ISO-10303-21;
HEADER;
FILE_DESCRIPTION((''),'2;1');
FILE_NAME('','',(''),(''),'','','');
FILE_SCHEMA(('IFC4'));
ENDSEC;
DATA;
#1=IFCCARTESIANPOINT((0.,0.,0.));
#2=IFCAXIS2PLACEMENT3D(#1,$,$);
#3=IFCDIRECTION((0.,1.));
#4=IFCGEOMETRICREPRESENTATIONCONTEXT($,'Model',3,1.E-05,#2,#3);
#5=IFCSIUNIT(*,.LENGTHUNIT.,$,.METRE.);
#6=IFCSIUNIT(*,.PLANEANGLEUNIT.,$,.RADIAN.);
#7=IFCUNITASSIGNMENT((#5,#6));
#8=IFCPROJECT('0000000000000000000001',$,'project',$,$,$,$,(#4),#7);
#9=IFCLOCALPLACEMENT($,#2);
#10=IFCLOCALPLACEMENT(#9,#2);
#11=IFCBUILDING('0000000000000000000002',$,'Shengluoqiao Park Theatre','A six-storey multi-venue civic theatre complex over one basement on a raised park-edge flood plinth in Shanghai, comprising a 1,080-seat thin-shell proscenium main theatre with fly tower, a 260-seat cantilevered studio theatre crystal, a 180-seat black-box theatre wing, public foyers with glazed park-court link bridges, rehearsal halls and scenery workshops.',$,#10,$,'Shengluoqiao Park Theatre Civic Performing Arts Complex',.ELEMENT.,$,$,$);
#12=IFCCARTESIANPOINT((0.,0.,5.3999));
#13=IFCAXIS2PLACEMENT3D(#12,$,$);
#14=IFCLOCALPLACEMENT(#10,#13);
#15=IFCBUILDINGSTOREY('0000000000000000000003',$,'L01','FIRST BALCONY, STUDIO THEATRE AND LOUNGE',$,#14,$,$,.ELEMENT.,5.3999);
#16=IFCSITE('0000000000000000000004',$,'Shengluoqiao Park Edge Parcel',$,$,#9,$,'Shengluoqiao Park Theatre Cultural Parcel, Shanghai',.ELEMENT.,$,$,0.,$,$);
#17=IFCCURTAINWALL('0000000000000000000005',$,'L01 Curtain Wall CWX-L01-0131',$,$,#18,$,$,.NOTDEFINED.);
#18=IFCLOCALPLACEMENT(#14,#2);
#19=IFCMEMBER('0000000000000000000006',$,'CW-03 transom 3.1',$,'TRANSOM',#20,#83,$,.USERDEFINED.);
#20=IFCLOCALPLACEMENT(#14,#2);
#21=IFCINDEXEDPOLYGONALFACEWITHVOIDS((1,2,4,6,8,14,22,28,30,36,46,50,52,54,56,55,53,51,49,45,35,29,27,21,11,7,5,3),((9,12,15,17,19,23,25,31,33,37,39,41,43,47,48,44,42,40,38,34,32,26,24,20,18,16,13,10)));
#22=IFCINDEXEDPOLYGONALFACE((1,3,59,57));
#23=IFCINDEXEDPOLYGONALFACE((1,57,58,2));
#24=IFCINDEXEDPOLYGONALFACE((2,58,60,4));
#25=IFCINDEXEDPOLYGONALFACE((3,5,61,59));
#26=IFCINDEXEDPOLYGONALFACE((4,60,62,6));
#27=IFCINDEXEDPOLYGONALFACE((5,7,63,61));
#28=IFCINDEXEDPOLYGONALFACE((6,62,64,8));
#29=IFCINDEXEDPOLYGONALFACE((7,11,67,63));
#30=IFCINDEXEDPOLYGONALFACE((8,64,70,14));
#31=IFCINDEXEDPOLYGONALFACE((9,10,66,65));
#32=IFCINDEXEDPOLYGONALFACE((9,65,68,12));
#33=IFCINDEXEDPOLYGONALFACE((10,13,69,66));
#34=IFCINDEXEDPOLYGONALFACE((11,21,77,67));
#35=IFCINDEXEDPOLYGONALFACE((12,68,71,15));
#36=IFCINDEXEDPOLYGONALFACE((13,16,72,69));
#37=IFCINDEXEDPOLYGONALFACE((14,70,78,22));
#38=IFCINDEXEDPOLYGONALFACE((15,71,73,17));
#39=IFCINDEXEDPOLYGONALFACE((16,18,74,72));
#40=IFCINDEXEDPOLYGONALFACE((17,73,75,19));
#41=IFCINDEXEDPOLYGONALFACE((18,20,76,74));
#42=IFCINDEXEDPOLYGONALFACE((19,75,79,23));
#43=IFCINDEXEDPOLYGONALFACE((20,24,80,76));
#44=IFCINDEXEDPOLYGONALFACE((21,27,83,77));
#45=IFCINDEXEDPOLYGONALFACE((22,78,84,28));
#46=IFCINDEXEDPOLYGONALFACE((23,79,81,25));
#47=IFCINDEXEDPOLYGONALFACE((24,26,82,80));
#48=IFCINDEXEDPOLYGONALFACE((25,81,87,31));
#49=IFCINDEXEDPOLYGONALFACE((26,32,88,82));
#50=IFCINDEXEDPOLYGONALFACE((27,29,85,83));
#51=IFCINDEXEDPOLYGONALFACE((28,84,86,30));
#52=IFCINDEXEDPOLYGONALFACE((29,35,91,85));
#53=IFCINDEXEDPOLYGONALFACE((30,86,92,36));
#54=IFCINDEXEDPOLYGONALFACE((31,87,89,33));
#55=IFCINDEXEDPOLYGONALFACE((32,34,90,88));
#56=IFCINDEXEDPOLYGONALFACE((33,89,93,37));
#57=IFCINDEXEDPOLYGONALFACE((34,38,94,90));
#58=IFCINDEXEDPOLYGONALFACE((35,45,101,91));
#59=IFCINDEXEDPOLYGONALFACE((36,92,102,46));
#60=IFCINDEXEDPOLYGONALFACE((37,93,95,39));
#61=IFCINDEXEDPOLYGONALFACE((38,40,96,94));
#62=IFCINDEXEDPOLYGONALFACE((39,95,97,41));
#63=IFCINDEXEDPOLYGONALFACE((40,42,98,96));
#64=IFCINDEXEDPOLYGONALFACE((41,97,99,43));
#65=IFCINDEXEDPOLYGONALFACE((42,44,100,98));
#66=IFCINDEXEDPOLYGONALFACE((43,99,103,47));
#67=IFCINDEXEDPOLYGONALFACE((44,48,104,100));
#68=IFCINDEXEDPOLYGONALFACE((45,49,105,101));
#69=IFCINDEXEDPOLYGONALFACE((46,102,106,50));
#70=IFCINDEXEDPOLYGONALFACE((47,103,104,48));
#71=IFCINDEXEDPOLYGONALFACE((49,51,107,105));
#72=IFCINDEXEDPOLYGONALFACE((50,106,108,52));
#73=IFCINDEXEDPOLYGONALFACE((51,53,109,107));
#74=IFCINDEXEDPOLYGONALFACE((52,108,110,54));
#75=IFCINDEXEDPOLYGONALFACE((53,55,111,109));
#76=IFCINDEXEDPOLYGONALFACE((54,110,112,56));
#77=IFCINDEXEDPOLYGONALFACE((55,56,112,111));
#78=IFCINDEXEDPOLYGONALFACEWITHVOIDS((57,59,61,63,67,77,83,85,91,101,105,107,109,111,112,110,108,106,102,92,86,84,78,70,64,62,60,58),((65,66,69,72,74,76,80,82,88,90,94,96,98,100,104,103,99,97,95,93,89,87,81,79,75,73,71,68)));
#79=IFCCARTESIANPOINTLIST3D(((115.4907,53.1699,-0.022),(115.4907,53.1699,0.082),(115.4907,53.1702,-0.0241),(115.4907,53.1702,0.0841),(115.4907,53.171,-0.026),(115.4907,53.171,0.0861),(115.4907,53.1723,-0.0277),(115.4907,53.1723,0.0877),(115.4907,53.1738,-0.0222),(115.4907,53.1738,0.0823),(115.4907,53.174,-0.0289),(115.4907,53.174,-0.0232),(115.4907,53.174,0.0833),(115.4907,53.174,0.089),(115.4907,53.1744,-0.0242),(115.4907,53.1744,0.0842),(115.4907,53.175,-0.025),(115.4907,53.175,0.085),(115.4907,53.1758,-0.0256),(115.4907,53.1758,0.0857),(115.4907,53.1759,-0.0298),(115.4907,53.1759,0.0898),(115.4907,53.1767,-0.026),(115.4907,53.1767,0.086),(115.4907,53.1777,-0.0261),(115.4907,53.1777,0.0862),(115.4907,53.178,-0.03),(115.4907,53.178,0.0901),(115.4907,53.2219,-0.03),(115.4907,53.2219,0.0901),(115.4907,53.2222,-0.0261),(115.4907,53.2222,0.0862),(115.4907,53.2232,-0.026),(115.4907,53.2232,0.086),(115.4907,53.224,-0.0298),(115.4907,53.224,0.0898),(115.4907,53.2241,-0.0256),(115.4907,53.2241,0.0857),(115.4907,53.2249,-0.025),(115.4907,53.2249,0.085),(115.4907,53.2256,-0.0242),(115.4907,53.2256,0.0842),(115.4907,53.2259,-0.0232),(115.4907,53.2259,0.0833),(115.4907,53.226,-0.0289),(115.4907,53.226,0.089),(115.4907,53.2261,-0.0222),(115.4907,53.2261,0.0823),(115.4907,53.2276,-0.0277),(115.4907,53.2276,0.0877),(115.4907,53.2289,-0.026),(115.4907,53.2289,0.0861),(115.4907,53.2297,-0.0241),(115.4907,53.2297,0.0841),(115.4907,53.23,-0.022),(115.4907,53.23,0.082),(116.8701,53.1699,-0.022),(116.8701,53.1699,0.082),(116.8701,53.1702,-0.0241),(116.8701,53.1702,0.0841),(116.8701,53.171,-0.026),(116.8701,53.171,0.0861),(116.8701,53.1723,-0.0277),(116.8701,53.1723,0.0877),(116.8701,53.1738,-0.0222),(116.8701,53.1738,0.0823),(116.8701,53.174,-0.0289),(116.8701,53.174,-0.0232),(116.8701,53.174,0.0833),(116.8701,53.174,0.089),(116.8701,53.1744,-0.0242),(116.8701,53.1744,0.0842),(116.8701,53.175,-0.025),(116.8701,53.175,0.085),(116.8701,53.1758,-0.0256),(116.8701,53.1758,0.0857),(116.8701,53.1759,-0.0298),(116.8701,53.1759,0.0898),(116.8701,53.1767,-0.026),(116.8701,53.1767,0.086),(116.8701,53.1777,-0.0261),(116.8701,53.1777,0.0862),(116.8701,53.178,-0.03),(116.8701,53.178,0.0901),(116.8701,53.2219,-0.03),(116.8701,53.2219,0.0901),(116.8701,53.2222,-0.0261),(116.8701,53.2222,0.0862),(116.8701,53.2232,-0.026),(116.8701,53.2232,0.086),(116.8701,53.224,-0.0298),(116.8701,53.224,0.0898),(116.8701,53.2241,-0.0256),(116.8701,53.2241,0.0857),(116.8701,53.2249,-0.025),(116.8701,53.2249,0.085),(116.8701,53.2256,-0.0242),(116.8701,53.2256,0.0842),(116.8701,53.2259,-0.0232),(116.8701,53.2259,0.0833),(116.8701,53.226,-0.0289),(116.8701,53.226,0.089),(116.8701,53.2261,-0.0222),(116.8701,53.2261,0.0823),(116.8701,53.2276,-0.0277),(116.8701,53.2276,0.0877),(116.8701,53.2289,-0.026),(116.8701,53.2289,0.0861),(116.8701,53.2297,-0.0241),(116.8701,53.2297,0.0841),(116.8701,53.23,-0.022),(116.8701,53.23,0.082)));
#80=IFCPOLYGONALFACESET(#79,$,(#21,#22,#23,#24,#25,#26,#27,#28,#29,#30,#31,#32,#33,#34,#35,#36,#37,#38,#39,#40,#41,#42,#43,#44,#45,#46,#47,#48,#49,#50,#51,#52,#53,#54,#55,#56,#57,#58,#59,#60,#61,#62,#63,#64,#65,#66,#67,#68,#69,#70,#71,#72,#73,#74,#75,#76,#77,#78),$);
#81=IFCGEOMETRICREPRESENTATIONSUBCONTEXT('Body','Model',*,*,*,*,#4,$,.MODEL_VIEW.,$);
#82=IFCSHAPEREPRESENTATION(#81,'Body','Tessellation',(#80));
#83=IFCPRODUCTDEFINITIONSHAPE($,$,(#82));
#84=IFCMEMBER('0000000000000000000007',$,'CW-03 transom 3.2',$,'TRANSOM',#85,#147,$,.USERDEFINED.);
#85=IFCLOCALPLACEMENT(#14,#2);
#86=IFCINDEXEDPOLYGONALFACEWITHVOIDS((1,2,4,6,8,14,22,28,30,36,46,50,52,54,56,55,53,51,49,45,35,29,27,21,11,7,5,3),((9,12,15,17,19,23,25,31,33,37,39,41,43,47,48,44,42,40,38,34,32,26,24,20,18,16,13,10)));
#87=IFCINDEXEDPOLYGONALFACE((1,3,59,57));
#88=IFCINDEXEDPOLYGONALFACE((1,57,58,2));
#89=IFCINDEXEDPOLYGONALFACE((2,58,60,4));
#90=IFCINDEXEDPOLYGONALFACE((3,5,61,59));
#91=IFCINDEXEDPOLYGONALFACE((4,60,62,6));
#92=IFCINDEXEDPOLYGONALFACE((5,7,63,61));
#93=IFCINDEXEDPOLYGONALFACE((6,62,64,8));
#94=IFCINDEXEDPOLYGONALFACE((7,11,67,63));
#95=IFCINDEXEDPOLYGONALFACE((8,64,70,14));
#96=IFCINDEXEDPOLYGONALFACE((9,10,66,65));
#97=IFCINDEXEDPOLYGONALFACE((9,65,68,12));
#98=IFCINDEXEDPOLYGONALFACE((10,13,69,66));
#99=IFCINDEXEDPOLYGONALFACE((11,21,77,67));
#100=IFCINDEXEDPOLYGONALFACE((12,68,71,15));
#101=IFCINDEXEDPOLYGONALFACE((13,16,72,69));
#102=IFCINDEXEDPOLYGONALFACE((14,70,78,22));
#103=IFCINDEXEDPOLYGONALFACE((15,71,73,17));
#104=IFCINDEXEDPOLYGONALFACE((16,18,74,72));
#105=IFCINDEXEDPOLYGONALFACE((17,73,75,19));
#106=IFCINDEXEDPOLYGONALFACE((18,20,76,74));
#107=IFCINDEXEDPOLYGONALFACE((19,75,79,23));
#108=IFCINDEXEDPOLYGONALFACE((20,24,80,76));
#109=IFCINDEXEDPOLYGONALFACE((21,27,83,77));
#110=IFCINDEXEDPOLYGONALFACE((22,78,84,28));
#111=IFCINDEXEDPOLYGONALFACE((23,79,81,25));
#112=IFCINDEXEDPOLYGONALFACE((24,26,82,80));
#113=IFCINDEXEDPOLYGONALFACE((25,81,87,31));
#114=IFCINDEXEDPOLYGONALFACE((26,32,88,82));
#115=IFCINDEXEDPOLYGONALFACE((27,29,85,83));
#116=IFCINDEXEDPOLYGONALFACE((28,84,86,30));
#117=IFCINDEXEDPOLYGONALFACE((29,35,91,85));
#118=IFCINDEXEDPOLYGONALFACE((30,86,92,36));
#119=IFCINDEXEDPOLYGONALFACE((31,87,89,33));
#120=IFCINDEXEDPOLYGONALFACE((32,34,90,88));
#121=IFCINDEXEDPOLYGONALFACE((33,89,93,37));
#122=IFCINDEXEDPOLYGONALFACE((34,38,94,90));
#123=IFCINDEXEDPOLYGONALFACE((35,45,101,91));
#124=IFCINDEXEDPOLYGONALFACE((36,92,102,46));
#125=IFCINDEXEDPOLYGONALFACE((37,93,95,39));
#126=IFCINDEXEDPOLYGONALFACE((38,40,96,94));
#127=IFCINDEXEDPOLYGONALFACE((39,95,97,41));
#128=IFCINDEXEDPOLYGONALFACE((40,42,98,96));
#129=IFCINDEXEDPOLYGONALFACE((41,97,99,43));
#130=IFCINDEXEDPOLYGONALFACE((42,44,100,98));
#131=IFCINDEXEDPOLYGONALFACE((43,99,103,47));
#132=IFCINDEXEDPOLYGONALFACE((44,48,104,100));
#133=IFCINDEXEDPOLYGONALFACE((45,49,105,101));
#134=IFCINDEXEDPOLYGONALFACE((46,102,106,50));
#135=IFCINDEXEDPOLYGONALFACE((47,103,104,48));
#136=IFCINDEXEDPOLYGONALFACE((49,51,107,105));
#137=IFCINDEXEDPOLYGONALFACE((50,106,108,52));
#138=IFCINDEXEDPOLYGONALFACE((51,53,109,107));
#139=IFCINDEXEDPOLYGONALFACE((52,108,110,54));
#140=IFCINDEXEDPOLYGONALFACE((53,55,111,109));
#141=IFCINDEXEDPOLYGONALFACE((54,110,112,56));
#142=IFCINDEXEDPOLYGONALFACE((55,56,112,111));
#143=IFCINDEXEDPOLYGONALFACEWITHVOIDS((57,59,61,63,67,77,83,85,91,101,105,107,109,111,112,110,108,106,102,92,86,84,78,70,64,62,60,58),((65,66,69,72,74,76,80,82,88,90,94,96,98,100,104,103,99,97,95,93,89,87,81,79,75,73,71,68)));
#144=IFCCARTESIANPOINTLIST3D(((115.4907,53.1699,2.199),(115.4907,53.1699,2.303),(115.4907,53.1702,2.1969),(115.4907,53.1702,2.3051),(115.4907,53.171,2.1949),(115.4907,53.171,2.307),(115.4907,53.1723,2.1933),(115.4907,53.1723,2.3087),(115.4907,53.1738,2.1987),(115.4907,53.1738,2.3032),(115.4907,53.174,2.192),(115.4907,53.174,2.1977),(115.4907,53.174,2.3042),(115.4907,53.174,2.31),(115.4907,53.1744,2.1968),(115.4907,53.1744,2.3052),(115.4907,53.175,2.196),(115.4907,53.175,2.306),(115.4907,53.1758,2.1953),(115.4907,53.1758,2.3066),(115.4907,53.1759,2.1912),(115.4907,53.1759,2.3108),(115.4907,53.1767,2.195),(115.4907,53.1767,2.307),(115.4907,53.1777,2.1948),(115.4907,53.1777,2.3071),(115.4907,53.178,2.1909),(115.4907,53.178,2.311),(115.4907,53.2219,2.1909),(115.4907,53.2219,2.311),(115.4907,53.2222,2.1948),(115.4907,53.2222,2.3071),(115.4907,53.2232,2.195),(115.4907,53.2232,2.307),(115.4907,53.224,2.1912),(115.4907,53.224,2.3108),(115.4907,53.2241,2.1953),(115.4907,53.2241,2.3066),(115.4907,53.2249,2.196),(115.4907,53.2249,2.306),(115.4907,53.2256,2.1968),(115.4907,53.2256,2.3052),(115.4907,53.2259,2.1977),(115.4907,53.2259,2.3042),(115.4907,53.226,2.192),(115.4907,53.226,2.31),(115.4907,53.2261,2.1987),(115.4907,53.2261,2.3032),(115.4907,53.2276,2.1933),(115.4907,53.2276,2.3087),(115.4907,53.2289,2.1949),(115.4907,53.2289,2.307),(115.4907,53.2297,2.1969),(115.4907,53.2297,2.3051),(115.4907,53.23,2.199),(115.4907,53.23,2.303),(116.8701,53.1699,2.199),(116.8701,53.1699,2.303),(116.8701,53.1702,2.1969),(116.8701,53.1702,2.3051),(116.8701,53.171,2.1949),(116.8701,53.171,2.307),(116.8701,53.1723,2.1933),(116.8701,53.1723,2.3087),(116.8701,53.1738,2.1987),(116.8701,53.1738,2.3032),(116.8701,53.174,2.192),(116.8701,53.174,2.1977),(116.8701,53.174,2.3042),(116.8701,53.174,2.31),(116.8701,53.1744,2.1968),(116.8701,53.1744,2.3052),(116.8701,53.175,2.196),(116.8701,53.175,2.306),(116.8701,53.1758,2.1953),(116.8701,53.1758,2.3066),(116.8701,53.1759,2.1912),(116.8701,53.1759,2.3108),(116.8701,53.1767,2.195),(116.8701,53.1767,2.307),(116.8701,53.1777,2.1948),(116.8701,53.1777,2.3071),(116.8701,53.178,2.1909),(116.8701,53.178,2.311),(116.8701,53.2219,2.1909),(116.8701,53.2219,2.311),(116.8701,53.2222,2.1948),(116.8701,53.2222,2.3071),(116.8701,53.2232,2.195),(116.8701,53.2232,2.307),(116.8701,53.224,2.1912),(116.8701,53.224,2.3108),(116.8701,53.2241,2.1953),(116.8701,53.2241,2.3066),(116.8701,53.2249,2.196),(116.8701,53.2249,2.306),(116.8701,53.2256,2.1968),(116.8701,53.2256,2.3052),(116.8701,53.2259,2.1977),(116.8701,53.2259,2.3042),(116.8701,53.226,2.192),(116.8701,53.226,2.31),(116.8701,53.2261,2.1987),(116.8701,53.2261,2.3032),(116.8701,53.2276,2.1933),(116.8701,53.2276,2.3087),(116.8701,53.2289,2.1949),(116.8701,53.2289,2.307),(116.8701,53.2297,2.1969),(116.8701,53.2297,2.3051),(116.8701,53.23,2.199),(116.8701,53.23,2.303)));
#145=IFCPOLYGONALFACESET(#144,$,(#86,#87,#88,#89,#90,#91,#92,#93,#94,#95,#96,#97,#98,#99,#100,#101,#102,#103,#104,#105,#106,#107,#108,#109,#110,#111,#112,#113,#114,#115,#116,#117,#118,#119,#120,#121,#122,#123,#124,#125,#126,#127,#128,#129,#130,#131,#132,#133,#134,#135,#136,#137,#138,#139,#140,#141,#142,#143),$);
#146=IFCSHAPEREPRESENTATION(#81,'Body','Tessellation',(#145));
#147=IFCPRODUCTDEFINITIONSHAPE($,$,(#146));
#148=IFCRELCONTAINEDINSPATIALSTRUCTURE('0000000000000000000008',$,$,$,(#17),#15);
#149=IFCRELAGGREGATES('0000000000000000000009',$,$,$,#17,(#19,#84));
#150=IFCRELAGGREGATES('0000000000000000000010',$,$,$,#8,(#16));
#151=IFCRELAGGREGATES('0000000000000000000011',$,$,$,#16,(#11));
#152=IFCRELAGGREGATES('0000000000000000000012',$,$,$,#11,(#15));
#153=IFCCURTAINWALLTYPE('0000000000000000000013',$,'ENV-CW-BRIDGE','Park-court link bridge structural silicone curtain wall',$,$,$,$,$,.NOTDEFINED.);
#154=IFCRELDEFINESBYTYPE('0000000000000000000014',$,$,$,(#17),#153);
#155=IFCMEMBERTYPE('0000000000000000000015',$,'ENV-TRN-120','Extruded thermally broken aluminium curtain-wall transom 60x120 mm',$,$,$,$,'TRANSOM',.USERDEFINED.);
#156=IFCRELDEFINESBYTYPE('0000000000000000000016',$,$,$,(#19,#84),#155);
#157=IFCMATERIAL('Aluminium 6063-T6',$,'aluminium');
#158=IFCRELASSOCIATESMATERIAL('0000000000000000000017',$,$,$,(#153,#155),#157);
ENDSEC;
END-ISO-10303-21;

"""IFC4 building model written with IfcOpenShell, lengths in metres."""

from ifc_helpers import new_model, si_unit, direction, frame, origin, origin_2d, place, context, subcontext, project, spatial, hollow_rectangle, extrude, material, material_profile, profile_set, type_object, element, aggregate, save


model = new_model("IFC4")

# Units and contexts
model_context = context("Model", 3, precision=1e-05, world=origin(), true_north=direction((0.0, 1.0)))
body_context = subcontext(model_context, "Body", "Model", "MODEL_VIEW")
ifc_project = project(units=[si_unit("LENGTHUNIT", "METRE"), si_unit("PLANEANGLEUNIT", "RADIAN")], contexts=[model_context])

# Site, building, storey
site_placement = place(None, origin())
site = spatial("IfcSite", under=ifc_project, at=site_placement, Name="Shengluoqiao Park Edge Parcel", LongName="Shengluoqiao Park Theatre Cultural Parcel, Shanghai", CompositionType="ELEMENT", RefElevation=0.0)
building_placement = place(site_placement, origin())
building = spatial("IfcBuilding", under=site, at=building_placement, Name="Shengluoqiao Park Theatre", Description="A six-storey multi-venue civic theatre complex over one basement on a raised park-edge flood plinth in Shanghai, comprising a 1,080-seat thin-shell proscenium main theatre with fly tower, a 260-seat cantilevered studio theatre crystal, a 180-seat black-box theatre wing, public foyers with glazed park-court link bridges, rehearsal halls and scenery workshops.", LongName="Shengluoqiao Park Theatre Civic Performing Arts Complex", CompositionType="ELEMENT")
storey_placement = place(building_placement, frame((0.0, 0.0, 5.3999)))
storey = spatial("IfcBuildingStorey", under=building, at=storey_placement, Name="L01", Description="FIRST BALCONY, STUDIO THEATRE AND LOUNGE", CompositionType="ELEMENT", Elevation=5.3999)

# Curtain wall
ifc_material_1 = material(Name="Aluminium 6063-T6", Category="aluminium")
curtain_wall_type = type_object("IfcCurtainWallType", Name="ENV-CW-BRIDGE", Description="Park-court link bridge structural silicone curtain wall", PredefinedType="NOTDEFINED", material=ifc_material_1)
curtain_wall_1_placement = place(storey_placement, origin())
curtain_wall_1 = element("IfcCurtainWall", 1, at=curtain_wall_1_placement, inside=storey, type_object=curtain_wall_type, Name="L01 Curtain Wall CWX-L01-0131", PredefinedType="NOTDEFINED")

# Members
ifc_material_profile_1 = material_profile(ifc_material_1, hollow_rectangle(XDim=0.0601, YDim=0.1201, WallThickness=0.0039, InnerFilletRadius=0.0039, OuterFilletRadius=0.0081, at=origin_2d()), Name="ALU TRANSOM 120x60x4")
ifc_profile_set_1 = profile_set([ifc_material_profile_1], Name="Aluminium 6063-T6")
member_type_1 = type_object("IfcMemberType", Name="ENV-TRN-120", Description="Extruded thermally broken aluminium curtain-wall transom 60x120 mm", ElementType="TRANSOM", PredefinedType="USERDEFINED", material=ifc_profile_set_1)
member_1_placement = place(storey_placement, frame((115.4907, 53.2, 0.03), z_axis=(1.0, 0.0, 0.0), x_axis=(0.0, 1.0, 0.0)))
member_1 = element("IfcMember", 2, at=member_1_placement, type_object=member_type_1, Name="CW-03 transom 3.1", ObjectType="TRANSOM", PredefinedType="USERDEFINED", context=body_context, shape_type="SweptSolid", body=[
    extrude(hollow_rectangle(XDim=0.0601, YDim=0.1201, WallThickness=0.0039, InnerFilletRadius=0.0039, OuterFilletRadius=0.0081, at=origin_2d()), origin(), (0.0, 0.0, 1.0), 1.3794),
])
member_2_placement = place(storey_placement, frame((115.4907, 53.2, 2.251), z_axis=(1.0, 0.0, 0.0), x_axis=(0.0, 1.0, 0.0)))
member_2 = element("IfcMember", 3, at=member_2_placement, type_object=member_type_1, Name="CW-03 transom 3.2", ObjectType="TRANSOM", PredefinedType="USERDEFINED", context=body_context, shape_type="SweptSolid", body=[
    extrude(hollow_rectangle(XDim=0.0601, YDim=0.1201, WallThickness=0.0039, InnerFilletRadius=0.0039, OuterFilletRadius=0.0081, at=origin_2d()), origin(), (0.0, 0.0, 1.0), 1.3794),
])

aggregate(curtain_wall_1, [member_1, member_2])

save(model, "model.ifc")
